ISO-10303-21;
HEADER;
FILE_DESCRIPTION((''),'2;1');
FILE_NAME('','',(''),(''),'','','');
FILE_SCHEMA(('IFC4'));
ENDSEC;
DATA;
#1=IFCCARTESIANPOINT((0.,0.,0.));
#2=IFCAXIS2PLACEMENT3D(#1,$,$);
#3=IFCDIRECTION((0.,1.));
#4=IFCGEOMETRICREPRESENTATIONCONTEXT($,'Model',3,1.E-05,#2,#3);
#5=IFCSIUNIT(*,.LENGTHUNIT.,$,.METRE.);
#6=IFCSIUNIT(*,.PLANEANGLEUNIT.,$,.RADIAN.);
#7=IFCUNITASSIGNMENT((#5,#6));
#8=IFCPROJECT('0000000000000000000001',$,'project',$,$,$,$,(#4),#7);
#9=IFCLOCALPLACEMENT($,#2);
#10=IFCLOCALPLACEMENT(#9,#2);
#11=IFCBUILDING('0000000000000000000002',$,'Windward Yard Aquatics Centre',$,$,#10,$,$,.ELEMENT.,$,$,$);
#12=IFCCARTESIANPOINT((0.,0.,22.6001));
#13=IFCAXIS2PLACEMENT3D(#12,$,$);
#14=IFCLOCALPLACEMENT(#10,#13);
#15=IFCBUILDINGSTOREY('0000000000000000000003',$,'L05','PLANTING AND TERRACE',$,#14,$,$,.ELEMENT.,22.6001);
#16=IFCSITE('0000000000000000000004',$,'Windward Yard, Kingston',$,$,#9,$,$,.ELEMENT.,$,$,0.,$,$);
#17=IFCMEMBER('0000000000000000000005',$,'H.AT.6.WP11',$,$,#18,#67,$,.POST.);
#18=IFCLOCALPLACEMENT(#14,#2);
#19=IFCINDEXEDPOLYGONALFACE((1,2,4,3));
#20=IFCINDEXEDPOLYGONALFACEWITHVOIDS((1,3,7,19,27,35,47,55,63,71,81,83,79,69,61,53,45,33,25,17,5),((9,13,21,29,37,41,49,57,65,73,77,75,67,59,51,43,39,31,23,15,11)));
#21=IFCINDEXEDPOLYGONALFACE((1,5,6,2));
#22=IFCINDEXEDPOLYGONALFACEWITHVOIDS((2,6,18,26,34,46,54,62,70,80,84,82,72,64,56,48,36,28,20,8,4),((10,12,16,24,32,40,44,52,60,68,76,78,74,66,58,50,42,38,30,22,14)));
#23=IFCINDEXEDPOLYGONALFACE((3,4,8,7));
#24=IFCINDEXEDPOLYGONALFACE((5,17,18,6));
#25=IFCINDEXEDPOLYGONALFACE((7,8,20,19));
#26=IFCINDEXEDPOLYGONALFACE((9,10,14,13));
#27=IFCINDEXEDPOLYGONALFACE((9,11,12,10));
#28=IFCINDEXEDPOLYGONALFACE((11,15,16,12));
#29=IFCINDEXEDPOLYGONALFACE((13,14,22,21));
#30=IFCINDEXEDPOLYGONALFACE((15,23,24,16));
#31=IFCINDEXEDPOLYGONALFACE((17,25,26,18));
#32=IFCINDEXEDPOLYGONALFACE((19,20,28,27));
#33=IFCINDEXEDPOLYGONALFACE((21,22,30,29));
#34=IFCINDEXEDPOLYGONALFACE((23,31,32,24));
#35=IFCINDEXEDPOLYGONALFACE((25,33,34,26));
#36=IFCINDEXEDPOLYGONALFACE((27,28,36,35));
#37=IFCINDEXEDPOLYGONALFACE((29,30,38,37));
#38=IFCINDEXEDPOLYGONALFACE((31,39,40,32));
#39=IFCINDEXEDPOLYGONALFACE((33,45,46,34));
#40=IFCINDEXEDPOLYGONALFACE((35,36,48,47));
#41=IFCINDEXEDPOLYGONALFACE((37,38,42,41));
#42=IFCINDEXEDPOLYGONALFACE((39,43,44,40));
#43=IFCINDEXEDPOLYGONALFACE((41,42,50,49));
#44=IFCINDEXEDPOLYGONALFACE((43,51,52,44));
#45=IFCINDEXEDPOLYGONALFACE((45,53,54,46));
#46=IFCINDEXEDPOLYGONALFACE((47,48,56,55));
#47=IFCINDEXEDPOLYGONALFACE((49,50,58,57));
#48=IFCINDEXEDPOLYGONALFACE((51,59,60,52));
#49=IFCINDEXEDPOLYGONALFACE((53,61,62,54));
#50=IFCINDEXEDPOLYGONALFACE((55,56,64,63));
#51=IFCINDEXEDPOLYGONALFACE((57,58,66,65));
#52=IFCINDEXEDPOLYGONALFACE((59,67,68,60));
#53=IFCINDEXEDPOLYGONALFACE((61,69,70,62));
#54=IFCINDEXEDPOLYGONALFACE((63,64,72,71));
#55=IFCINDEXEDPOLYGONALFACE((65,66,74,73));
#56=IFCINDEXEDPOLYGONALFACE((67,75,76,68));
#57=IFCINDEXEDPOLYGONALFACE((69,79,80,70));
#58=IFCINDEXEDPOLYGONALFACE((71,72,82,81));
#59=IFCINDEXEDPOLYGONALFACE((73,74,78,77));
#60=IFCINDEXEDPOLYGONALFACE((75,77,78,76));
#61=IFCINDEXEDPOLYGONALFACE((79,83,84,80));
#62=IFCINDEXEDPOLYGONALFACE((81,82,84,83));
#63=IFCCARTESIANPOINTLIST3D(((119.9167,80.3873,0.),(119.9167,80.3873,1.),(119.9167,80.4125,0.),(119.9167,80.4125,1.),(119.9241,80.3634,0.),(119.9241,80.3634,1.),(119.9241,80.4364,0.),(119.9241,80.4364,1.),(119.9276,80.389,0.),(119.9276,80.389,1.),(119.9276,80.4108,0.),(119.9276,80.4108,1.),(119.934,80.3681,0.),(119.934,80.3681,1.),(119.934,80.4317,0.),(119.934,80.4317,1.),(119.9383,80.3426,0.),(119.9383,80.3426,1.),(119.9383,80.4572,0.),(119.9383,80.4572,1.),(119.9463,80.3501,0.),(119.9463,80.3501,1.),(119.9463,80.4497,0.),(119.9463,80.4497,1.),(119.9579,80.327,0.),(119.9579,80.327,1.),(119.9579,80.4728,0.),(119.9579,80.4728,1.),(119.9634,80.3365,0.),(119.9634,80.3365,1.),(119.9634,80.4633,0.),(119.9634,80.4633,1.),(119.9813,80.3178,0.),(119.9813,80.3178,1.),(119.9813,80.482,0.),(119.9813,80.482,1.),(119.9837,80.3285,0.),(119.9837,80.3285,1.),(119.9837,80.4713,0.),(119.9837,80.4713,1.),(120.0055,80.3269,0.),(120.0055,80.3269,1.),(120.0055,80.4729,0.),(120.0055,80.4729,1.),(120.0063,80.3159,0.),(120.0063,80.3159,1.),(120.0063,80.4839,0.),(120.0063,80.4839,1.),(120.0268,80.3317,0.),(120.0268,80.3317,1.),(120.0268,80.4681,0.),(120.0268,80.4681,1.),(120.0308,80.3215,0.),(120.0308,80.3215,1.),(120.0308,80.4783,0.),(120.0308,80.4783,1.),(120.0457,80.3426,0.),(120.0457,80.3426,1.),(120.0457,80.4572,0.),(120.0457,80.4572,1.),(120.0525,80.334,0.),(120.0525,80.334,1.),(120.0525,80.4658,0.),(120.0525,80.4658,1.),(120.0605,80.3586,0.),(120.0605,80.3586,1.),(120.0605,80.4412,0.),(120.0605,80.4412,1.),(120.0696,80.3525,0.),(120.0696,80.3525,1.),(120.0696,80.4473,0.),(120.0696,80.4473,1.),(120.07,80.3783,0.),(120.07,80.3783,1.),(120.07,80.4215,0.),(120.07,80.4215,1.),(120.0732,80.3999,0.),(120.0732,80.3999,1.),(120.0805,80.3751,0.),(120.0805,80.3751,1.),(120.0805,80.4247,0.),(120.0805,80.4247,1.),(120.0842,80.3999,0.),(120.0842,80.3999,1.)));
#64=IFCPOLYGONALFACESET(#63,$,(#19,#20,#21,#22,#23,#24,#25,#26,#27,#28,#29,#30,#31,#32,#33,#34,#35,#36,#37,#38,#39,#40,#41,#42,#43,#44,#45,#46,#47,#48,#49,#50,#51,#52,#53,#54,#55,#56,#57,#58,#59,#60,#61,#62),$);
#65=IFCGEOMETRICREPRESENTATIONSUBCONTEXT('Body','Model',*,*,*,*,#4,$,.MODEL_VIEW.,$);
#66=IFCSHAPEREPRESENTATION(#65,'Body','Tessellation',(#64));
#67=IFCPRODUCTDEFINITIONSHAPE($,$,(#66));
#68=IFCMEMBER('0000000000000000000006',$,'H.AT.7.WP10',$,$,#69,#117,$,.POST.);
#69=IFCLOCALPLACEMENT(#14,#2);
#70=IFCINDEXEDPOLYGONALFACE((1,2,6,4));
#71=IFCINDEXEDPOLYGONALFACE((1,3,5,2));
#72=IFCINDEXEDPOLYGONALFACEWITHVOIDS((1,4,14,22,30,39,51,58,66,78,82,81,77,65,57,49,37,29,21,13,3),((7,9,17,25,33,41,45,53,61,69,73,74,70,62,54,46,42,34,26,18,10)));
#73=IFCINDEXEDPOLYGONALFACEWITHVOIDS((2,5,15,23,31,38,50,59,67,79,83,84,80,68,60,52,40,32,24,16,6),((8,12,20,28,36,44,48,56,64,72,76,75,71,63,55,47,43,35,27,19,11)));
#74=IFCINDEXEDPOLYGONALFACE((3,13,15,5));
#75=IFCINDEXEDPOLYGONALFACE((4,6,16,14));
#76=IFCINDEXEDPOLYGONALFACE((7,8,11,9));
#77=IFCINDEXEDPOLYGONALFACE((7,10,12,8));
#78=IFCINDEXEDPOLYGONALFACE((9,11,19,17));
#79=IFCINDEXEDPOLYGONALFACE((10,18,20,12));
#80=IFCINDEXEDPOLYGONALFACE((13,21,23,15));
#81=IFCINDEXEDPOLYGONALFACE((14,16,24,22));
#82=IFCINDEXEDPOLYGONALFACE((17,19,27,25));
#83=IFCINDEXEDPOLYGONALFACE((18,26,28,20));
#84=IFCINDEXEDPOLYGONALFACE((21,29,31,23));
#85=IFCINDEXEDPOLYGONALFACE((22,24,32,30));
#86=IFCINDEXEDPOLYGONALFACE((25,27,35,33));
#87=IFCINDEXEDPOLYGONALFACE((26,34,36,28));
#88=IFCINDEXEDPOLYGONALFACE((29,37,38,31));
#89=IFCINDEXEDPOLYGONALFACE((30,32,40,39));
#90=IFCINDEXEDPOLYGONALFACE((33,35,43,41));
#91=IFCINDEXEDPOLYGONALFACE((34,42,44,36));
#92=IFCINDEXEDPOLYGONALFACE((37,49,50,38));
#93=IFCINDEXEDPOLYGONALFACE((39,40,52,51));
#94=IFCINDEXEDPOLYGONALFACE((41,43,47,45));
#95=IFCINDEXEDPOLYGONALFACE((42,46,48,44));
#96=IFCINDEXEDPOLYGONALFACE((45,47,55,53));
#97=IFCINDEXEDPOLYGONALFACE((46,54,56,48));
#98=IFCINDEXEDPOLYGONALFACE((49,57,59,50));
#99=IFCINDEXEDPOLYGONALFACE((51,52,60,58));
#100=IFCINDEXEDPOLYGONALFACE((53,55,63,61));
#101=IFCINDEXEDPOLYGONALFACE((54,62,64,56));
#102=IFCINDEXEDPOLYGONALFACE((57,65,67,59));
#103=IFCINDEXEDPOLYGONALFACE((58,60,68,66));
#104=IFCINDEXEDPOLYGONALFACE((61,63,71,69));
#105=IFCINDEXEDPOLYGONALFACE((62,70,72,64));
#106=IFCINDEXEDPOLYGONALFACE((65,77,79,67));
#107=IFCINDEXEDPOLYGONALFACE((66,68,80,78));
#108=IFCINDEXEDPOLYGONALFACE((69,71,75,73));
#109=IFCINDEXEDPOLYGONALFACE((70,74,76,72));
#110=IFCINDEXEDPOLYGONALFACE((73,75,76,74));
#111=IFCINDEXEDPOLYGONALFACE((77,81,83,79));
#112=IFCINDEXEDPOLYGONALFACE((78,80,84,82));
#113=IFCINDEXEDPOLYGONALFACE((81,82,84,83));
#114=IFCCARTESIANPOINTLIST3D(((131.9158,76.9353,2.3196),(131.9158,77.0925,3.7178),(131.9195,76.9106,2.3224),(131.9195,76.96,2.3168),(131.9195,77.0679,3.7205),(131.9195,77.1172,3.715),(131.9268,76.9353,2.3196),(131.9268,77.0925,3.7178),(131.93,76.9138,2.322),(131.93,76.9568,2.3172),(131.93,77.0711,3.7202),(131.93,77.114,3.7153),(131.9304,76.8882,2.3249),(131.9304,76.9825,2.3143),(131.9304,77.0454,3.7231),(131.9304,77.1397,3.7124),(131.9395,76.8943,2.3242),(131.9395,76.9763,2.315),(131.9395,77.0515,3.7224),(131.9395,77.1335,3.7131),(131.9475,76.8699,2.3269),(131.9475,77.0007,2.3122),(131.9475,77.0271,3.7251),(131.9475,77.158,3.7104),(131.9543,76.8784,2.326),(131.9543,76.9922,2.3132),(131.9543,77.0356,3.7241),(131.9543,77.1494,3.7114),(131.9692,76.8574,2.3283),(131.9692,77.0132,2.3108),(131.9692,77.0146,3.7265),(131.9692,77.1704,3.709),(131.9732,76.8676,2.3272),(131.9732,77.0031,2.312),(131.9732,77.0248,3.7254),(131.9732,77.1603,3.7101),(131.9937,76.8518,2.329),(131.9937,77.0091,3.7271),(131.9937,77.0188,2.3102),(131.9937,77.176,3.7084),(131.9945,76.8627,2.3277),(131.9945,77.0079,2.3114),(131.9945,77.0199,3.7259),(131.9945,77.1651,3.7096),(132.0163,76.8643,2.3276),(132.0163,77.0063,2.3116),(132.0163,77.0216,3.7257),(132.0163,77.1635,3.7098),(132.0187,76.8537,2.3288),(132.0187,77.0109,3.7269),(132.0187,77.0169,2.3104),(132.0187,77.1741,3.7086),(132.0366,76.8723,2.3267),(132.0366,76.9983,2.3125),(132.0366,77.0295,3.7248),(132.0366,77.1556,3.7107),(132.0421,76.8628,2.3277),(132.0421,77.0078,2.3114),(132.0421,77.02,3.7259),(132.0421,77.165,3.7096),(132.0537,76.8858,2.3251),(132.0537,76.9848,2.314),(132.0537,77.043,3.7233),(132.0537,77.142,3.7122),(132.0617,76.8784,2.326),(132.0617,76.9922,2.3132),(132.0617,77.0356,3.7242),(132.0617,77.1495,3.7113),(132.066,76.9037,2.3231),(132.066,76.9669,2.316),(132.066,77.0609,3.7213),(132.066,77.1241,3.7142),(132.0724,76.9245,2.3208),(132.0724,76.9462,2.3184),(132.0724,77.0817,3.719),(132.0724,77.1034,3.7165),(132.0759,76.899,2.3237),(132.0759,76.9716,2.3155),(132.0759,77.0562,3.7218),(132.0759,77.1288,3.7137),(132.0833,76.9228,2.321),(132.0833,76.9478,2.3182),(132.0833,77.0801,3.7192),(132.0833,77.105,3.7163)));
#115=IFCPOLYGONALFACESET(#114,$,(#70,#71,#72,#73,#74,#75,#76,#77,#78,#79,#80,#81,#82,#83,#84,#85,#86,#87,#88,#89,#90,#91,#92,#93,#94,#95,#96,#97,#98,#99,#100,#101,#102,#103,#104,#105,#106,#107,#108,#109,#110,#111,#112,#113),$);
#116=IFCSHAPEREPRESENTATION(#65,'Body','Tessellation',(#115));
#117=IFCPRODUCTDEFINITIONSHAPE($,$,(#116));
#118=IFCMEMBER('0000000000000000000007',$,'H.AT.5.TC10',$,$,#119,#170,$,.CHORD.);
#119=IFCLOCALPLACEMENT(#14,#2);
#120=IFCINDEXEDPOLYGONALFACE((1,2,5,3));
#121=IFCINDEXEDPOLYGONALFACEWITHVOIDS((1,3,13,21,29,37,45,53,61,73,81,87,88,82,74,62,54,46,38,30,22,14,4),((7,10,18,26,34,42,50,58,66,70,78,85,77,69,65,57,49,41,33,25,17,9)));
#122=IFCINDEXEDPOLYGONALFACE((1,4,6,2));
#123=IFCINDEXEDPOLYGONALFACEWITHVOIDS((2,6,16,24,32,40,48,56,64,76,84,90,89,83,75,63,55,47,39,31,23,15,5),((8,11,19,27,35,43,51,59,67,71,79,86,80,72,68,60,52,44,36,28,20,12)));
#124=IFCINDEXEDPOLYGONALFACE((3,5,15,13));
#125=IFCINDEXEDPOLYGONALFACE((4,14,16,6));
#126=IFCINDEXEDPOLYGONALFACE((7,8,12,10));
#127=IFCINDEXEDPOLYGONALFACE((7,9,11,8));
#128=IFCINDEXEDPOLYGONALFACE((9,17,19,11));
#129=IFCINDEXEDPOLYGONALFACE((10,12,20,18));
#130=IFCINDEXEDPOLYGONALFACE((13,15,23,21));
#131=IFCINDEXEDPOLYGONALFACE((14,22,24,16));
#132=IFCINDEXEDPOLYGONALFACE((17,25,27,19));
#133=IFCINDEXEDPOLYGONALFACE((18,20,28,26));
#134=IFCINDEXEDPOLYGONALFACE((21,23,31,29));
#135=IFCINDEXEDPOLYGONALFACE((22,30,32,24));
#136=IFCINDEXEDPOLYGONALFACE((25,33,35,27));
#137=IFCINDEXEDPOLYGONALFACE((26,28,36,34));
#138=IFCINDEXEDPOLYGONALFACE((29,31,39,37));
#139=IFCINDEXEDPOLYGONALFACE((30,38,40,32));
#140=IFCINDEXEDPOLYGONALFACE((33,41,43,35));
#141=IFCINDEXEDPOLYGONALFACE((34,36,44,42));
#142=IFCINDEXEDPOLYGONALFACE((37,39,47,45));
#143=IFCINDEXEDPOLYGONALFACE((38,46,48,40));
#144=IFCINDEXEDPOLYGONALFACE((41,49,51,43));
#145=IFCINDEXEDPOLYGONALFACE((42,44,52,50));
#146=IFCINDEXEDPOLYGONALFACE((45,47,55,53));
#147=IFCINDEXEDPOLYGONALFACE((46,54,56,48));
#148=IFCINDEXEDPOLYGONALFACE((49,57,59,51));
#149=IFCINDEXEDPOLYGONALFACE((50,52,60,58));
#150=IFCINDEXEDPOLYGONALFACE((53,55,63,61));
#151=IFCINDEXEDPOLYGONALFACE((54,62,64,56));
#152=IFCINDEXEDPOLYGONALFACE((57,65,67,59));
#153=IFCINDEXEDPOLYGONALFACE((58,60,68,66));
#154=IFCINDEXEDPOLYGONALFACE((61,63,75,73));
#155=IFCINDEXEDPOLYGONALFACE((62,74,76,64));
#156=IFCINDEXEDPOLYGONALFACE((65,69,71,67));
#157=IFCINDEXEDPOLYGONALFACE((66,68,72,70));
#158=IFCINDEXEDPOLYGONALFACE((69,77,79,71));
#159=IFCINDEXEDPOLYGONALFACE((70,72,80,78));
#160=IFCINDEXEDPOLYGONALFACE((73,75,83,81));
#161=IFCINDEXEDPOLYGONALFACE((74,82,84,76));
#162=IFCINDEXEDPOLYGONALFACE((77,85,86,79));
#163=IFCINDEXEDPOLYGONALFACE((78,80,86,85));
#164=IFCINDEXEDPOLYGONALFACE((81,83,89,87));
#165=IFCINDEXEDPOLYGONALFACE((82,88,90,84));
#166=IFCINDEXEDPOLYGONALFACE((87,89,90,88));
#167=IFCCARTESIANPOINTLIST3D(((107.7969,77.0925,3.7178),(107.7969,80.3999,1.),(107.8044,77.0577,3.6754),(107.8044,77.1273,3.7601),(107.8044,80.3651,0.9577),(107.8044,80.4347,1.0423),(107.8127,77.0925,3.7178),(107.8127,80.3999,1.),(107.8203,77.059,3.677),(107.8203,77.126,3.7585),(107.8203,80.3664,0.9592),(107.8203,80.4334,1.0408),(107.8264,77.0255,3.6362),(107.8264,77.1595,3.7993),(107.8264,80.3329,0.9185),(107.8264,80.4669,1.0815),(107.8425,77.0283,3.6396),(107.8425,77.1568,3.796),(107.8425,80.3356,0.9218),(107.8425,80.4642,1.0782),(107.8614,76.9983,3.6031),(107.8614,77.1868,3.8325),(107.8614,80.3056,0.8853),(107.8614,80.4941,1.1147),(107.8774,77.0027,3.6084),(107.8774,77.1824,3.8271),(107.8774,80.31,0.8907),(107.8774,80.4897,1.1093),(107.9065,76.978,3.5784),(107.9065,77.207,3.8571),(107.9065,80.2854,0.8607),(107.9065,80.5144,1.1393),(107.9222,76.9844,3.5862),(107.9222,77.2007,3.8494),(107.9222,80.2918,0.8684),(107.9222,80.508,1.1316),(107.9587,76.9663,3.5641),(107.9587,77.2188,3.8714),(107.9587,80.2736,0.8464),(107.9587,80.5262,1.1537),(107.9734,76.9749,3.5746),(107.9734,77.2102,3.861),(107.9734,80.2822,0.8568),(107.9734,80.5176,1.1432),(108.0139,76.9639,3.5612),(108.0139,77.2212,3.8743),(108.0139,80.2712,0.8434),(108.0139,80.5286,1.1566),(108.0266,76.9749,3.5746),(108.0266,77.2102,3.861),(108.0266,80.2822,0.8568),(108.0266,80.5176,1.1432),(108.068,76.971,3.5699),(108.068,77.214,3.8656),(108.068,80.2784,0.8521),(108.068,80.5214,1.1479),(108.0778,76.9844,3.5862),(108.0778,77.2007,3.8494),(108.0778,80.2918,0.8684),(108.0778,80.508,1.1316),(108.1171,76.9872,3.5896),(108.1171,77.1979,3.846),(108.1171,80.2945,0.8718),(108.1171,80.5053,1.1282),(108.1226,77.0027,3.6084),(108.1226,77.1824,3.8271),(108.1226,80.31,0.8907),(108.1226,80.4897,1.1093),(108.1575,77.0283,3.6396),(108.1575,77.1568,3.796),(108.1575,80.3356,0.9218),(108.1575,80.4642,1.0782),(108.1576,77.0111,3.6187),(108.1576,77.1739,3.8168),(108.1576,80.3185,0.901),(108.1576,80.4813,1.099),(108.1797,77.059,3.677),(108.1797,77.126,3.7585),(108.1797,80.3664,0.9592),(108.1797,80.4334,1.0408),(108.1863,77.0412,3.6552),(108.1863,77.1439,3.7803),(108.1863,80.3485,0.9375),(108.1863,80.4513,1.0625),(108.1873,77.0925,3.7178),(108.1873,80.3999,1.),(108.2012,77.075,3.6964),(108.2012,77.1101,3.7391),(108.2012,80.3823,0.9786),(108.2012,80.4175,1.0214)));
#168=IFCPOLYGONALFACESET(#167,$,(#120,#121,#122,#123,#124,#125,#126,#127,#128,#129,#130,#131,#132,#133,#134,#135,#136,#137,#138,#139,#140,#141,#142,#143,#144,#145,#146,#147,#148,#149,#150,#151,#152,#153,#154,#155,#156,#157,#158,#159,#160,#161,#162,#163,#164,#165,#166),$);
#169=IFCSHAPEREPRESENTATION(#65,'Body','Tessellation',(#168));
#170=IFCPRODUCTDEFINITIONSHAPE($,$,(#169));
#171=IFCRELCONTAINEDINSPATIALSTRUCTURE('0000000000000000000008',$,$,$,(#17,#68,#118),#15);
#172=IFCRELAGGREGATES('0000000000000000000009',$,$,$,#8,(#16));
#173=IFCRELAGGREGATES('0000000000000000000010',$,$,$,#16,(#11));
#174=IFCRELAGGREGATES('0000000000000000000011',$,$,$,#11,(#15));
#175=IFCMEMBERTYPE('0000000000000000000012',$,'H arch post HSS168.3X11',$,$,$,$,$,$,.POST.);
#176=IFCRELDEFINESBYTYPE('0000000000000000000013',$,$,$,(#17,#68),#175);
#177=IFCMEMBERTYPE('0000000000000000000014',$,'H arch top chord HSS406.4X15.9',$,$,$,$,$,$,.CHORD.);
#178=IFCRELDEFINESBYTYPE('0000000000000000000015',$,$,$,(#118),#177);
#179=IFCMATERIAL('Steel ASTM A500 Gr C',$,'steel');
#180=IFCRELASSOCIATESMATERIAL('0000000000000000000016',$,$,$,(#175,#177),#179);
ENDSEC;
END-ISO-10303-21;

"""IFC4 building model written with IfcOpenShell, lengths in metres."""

from ifc_helpers import new_model, si_unit, direction, frame, origin, origin_2d, place, context, subcontext, project, spatial, hollow_circle, extrude, material, material_profile, profile_set, type_object, element, save


model = new_model("IFC4")

# Units and contexts
model_context = context("Model", 3, precision=1e-05, world=origin(), true_north=direction((0.0, 1.0)))
body_context = subcontext(model_context, "Body", "Model", "MODEL_VIEW")
ifc_project = project(units=[si_unit("LENGTHUNIT", "METRE"), si_unit("PLANEANGLEUNIT", "RADIAN")], contexts=[model_context])

# Site, building, storey
site_placement = place(None, origin())
site = spatial("IfcSite", under=ifc_project, at=site_placement, Name="Windward Yard, Kingston", CompositionType="ELEMENT", RefElevation=0.0)
building_placement = place(site_placement, origin())
building = spatial("IfcBuilding", under=site, at=building_placement, Name="Windward Yard Aquatics Centre", CompositionType="ELEMENT")
storey_placement = place(building_placement, frame((0.0, 0.0, 22.6001)))
storey = spatial("IfcBuildingStorey", under=building, at=storey_placement, Name="L05", Description="PLANTING AND TERRACE", CompositionType="ELEMENT", Elevation=22.6001)

# Members
ifc_material_1 = material(Name="Steel ASTM A500 Gr C", Category="steel")
ifc_material_profile_1 = material_profile(ifc_material_1, hollow_circle(Radius=0.0842, WallThickness=0.011, at=origin_2d()), Name="HSS168.3X11")
ifc_profile_set_1 = profile_set([ifc_material_profile_1], Name="Steel ASTM A500 Gr C")
member_type_1 = type_object("IfcMemberType", Name="H arch post HSS168.3X11", PredefinedType="POST", material=ifc_profile_set_1)
member_1_placement = place(storey_placement, frame((120.0, 80.3999, 0.0), z_axis=(0.0, 0.0, 1.0), x_axis=(1.0, 0.0, 0.0)))
element("IfcMember", 1, at=member_1_placement, inside=storey, type_object=member_type_1, Name="H.AT.6.WP11", PredefinedType="POST", context=body_context, shape_type="SweptSolid", body=[
    extrude(hollow_circle(Radius=0.0842, WallThickness=0.011, at=origin_2d()), origin(), (0.0, 0.0, 1.0), 1.0),
])
member_2_placement = place(storey_placement, frame((132.0, 76.9353, 2.3196), z_axis=(0.0, 0.111746, 0.993737), x_axis=(-1.0, 0.0, 0.0)))
element("IfcMember", 2, at=member_2_placement, inside=storey, type_object=member_type_1, Name="H.AT.7.WP10", PredefinedType="POST", context=body_context, shape_type="SweptSolid", body=[
    extrude(hollow_circle(Radius=0.0842, WallThickness=0.011, at=origin_2d()), origin(), (0.0, 0.0, 1.0), 1.407),
])
ifc_material_profile_2 = material_profile(ifc_material_1, hollow_circle(Radius=0.2031, WallThickness=0.0159, at=origin_2d()), Name="HSS406.4X15.9")
ifc_profile_set_2 = profile_set([ifc_material_profile_2], Name="Steel ASTM A500 Gr C")
member_type_2 = type_object("IfcMemberType", Name="H arch top chord HSS406.4X15.9", PredefinedType="CHORD", material=ifc_profile_set_2)
member_3_placement = place(storey_placement, frame((108.0, 77.0925, 3.7178), z_axis=(0.0, 0.772611, -0.634879), x_axis=(-1.0, 0.0, 0.0)))
element("IfcMember", 3, at=member_3_placement, inside=storey, type_object=member_type_2, Name="H.AT.5.TC10", PredefinedType="CHORD", context=body_context, shape_type="SweptSolid", body=[
    extrude(hollow_circle(Radius=0.2031, WallThickness=0.0159, at=origin_2d()), origin(), (0.0, 0.0, 1.0), 4.2808),
])

save(model, "model.ifc")
